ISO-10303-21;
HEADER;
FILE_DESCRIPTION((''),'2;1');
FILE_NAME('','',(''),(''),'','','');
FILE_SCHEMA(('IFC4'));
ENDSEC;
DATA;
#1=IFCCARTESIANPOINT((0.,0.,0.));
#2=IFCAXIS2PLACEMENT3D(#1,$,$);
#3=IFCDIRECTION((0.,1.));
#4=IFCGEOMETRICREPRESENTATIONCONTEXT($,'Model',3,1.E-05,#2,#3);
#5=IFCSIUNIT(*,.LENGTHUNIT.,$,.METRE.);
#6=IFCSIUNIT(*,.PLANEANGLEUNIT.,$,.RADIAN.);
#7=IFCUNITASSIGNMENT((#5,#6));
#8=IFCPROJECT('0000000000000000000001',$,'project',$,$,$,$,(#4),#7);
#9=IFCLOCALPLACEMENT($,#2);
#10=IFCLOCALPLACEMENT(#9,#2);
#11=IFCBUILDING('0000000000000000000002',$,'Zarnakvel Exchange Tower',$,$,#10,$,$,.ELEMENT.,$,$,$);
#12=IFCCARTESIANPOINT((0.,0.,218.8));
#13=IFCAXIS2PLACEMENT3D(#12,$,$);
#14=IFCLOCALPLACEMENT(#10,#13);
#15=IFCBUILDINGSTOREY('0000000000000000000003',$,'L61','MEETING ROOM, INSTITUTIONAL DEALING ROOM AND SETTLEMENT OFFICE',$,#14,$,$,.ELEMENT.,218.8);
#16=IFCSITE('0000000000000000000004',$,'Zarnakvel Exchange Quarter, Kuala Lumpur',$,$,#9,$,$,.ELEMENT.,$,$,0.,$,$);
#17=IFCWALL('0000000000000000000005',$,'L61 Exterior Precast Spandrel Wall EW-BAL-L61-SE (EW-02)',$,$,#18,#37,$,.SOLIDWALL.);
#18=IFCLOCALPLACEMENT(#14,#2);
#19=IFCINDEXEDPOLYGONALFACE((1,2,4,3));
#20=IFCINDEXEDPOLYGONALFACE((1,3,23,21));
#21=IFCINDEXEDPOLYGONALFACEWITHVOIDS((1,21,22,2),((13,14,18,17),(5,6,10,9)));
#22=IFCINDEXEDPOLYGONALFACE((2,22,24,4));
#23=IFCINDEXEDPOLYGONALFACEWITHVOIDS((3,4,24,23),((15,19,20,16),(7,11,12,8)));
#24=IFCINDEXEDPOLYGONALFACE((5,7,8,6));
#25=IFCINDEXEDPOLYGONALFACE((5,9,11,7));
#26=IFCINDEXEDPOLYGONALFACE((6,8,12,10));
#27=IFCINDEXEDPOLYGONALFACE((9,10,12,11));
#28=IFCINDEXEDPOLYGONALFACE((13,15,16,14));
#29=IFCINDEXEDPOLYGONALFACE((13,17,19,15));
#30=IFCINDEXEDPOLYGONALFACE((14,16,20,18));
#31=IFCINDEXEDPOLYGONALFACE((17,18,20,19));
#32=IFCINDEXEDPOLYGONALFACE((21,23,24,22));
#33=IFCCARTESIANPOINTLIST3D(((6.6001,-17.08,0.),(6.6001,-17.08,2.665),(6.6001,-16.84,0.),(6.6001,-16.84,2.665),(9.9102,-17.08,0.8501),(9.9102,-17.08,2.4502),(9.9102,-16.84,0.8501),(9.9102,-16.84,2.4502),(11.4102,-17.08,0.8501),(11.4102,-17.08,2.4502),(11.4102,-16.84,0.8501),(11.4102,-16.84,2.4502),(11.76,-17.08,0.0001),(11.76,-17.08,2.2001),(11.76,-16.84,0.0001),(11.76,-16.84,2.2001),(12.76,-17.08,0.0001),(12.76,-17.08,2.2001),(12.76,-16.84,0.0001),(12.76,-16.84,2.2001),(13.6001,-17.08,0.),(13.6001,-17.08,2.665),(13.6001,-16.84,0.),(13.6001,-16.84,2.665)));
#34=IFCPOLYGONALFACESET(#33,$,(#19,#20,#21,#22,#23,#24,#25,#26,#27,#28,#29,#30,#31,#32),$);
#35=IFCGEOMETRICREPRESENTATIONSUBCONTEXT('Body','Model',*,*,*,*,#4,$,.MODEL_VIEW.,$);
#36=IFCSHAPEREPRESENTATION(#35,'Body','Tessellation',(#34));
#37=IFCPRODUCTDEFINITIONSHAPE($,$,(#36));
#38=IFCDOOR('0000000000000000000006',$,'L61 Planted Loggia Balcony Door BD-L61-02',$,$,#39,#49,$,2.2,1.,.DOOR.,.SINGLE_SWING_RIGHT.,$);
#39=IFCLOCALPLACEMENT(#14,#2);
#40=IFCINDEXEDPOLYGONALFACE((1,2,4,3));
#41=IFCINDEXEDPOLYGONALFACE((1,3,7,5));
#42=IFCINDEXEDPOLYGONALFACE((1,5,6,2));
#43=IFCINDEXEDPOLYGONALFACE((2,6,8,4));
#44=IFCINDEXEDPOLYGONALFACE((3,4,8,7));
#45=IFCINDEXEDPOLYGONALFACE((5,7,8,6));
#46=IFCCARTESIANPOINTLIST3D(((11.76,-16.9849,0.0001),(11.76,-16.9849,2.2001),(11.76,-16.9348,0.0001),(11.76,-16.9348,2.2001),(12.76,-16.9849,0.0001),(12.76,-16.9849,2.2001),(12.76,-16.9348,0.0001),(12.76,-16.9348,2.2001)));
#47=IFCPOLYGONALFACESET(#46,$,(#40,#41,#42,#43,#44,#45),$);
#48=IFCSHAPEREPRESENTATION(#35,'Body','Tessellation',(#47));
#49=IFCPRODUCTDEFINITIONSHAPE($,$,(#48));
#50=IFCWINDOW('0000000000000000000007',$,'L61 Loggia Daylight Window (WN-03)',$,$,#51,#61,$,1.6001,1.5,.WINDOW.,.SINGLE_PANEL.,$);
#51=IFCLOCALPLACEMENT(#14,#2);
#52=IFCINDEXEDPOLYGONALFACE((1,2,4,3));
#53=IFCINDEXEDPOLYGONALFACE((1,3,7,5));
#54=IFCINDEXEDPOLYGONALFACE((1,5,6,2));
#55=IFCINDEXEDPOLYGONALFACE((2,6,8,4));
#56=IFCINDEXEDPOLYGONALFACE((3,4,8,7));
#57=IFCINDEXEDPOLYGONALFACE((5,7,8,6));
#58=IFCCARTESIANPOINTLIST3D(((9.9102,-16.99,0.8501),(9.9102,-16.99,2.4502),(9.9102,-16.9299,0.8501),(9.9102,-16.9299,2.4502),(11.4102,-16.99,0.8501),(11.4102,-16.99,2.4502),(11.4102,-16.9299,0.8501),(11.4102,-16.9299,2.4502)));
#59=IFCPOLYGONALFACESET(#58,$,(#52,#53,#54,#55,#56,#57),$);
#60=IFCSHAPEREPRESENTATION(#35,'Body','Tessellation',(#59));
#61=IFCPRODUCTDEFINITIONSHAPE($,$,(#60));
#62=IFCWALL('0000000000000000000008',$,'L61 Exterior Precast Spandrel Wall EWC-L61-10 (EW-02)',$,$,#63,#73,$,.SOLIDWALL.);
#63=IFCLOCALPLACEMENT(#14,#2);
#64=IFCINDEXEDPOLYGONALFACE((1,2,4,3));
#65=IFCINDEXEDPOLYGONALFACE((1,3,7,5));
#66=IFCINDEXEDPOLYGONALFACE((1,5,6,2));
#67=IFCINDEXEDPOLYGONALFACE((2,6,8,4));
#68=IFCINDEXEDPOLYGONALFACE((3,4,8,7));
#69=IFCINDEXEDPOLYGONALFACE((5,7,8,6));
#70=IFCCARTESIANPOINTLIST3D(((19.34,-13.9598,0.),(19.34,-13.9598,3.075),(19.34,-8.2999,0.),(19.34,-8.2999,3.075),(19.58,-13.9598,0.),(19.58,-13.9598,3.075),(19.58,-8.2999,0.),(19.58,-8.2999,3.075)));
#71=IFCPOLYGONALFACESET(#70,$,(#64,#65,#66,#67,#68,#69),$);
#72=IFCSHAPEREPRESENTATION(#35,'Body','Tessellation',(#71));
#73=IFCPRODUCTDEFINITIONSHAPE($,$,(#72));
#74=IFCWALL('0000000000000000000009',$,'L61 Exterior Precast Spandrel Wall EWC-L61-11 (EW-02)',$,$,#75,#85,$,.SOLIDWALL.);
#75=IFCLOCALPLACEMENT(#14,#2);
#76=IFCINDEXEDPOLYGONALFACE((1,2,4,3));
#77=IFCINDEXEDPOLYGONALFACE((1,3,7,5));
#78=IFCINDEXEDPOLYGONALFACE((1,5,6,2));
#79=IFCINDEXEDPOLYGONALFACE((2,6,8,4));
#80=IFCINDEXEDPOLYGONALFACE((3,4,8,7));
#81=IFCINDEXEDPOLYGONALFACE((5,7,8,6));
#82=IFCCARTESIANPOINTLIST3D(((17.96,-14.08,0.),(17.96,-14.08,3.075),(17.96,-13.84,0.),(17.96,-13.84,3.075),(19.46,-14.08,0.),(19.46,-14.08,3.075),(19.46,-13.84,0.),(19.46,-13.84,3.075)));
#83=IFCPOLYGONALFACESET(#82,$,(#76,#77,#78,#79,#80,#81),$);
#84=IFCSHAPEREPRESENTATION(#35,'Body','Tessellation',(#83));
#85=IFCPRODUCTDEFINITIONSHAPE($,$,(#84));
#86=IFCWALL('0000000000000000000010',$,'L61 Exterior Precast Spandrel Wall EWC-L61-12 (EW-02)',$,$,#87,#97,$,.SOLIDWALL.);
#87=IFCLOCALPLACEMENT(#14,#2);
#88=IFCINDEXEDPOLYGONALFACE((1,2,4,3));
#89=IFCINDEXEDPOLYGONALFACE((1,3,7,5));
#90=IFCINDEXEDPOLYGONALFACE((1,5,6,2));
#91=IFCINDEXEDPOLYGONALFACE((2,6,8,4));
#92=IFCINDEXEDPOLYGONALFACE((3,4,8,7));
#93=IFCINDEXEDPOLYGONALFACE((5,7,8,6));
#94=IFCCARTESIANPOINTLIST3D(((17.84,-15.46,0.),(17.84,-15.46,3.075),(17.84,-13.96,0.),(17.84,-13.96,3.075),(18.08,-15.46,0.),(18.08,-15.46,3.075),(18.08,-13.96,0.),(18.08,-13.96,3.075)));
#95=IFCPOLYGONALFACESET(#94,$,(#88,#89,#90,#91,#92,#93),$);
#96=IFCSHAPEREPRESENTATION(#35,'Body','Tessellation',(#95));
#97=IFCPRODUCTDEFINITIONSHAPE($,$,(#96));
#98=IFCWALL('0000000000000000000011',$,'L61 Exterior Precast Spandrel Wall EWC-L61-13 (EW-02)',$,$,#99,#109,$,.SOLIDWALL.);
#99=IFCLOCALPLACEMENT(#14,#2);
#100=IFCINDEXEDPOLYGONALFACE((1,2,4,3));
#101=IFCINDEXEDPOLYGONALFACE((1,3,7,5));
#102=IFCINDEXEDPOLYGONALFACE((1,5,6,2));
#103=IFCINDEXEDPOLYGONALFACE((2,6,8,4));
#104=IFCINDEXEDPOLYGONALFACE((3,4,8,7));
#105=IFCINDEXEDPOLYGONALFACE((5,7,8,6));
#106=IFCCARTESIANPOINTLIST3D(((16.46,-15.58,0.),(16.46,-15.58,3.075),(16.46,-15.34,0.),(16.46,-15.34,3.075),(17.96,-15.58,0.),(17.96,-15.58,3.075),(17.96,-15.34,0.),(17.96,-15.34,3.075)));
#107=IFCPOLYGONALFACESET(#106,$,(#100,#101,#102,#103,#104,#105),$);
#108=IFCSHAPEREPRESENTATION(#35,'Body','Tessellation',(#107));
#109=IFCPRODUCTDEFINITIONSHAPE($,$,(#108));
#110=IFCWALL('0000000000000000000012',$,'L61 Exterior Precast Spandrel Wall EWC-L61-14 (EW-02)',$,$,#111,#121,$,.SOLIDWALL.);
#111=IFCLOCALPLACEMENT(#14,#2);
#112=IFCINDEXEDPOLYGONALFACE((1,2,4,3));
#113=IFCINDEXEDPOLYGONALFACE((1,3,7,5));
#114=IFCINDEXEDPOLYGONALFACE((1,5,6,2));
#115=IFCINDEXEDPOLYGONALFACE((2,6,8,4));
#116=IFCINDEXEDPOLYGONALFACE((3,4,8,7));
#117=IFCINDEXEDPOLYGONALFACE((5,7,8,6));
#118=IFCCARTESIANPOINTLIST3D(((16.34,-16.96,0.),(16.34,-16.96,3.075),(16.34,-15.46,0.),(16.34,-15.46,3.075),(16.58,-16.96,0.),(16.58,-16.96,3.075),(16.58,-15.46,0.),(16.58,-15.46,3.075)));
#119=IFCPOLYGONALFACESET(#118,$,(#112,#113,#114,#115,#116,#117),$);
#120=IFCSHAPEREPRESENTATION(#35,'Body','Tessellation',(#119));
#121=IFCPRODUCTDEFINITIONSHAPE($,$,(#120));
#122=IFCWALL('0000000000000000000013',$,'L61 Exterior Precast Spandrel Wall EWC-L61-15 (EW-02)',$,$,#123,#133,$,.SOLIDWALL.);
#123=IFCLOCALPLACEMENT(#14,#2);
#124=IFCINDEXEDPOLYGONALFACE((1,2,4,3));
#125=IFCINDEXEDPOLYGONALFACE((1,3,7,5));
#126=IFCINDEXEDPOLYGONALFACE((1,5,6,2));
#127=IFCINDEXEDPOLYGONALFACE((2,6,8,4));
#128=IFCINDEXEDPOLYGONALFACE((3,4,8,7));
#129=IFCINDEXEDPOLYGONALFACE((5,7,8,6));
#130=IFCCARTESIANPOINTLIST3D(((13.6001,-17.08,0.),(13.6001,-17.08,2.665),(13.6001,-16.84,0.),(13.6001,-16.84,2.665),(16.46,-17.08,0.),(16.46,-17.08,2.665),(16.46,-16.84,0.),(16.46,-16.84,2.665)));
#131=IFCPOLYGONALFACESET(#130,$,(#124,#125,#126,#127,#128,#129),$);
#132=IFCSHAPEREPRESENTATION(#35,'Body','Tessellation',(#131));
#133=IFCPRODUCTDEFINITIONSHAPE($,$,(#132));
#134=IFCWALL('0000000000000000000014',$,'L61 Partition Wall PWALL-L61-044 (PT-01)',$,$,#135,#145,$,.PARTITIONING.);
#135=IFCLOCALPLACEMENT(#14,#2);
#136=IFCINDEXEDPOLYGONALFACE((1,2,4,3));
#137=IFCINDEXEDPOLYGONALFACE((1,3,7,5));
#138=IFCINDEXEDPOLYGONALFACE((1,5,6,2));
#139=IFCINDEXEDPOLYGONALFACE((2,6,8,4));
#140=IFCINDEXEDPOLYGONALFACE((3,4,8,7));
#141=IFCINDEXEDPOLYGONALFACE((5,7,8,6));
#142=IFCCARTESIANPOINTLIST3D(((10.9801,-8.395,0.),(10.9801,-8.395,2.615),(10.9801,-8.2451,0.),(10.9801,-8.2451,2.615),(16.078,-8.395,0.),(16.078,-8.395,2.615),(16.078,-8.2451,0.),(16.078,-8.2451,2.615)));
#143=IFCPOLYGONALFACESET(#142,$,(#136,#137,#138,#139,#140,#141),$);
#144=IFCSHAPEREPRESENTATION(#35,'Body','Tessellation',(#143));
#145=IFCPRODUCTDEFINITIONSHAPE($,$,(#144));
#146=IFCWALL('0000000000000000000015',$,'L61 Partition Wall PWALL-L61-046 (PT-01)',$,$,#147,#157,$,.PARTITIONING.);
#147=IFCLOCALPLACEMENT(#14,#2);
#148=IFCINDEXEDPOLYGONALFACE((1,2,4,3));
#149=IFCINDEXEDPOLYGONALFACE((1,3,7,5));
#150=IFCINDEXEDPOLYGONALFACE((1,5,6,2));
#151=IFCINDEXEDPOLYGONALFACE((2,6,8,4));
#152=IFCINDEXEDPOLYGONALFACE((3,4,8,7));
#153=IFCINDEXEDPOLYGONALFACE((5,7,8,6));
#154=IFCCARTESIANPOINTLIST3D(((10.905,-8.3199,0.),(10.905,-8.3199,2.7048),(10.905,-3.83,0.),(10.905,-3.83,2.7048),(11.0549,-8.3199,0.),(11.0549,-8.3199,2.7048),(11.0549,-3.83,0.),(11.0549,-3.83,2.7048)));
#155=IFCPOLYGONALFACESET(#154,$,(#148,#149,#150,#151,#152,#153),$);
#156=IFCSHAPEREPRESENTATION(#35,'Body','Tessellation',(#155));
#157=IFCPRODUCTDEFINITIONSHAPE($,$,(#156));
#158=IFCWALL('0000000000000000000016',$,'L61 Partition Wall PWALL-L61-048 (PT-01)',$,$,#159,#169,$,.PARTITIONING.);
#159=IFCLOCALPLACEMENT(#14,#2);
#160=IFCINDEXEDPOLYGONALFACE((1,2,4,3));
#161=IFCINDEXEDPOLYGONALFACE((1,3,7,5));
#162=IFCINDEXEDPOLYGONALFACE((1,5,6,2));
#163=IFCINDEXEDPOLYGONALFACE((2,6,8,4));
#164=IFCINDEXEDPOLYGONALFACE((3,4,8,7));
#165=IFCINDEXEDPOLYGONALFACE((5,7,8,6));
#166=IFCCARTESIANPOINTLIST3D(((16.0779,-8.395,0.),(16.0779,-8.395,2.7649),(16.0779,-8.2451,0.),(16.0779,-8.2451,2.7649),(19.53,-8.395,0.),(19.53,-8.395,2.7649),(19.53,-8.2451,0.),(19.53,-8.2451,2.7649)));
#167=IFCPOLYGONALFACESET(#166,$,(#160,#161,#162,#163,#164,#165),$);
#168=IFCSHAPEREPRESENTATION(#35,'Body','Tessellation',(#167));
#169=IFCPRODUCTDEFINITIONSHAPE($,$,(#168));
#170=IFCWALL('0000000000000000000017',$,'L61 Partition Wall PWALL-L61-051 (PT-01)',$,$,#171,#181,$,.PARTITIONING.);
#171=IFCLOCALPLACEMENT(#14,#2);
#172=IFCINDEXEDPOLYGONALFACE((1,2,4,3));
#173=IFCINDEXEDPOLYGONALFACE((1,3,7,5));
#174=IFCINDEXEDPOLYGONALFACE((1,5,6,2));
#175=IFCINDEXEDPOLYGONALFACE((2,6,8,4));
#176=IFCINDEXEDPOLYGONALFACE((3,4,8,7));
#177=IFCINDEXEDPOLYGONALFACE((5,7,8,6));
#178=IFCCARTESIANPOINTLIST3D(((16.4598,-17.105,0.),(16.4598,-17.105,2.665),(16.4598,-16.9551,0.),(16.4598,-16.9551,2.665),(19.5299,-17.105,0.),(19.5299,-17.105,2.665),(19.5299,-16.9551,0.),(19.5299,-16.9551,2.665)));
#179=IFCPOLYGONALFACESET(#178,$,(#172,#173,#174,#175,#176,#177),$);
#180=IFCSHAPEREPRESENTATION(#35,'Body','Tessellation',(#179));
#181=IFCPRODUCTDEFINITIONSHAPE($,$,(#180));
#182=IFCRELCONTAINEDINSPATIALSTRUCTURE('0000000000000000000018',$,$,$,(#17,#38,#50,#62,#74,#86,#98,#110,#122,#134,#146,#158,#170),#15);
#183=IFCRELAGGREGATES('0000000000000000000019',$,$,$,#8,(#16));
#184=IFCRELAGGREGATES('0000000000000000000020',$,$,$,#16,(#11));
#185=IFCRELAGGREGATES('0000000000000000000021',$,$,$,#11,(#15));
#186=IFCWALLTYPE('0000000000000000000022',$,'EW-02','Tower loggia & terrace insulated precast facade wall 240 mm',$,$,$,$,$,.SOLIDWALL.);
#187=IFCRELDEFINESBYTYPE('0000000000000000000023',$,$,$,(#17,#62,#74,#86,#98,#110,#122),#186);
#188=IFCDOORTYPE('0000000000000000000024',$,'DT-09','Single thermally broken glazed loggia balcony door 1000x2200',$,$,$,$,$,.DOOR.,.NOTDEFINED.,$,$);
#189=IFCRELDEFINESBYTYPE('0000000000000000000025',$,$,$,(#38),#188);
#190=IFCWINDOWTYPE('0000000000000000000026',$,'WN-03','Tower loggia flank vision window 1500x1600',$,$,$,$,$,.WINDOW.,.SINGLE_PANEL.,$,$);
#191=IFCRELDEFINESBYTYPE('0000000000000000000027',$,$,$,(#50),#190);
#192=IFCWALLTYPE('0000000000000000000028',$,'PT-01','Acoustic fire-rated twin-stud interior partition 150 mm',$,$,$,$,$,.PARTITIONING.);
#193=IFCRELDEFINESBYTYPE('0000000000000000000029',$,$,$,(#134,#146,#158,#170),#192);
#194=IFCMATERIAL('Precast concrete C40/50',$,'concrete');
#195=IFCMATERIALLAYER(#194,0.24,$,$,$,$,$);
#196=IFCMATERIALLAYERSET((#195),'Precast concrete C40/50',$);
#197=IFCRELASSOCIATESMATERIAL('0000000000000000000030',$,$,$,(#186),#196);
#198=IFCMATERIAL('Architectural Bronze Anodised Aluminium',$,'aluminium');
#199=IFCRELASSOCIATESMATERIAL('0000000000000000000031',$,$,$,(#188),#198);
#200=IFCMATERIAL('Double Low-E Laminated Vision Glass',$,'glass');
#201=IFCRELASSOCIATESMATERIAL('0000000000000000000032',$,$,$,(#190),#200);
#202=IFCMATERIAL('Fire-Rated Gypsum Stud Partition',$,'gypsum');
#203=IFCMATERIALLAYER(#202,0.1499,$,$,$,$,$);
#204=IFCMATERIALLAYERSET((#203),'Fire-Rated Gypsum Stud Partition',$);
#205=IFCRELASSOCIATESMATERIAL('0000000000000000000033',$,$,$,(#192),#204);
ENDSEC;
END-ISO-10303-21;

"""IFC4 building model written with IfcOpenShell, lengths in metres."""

from ifc_helpers import new_model, si_unit, direction, frame, frame_2d, origin, place, context, subcontext, project, spatial, rectangle, extrude, source, transform, mapped, material, layer, layer_set, type_object, element, fill, save


model = new_model("IFC4")

# Units and contexts
model_context = context("Model", 3, precision=1e-05, world=origin(), true_north=direction((0.0, 1.0)))
body_context = subcontext(model_context, "Body", "Model", "MODEL_VIEW")
ifc_project = project(units=[si_unit("LENGTHUNIT", "METRE"), si_unit("PLANEANGLEUNIT", "RADIAN")], contexts=[model_context])

# Site, building, storey
site_placement = place(None, origin())
site = spatial("IfcSite", under=ifc_project, at=site_placement, Name="Zarnakvel Exchange Quarter, Kuala Lumpur", CompositionType="ELEMENT", RefElevation=0.0)
building_placement = place(site_placement, origin())
building = spatial("IfcBuilding", under=site, at=building_placement, Name="Zarnakvel Exchange Tower", CompositionType="ELEMENT")
storey_placement = place(building_placement, frame((0.0, 0.0, 218.8)))
storey = spatial("IfcBuildingStorey", under=building, at=storey_placement, Name="L61", Description="MEETING ROOM, INSTITUTIONAL DEALING ROOM AND SETTLEMENT OFFICE", CompositionType="ELEMENT", Elevation=218.8)

# Wall, openings, door, window
ifc_material_1 = material(Name="Precast concrete C40/50", Category="concrete")
ifc_layer_1 = layer(ifc_material_1, 0.24)
ifc_layer_set_1 = layer_set([ifc_layer_1], Name="Precast concrete C40/50")
wall_type_1 = type_object("IfcWallType", Name="EW-02", Description="Tower loggia & terrace insulated precast facade wall 240 mm", PredefinedType="SOLIDWALL", material=ifc_layer_set_1)
wall_1_placement = place(storey_placement, frame((13.6001, -16.96, 0.0), z_axis=(0.0, 0.0, 1.0), x_axis=(-1.0, 0.0, 0.0)))
wall_1 = element("IfcWall", 1, at=wall_1_placement, inside=storey, type_object=wall_type_1, Name="L61 Exterior Precast Spandrel Wall EW-BAL-L61-SE (EW-02)", PredefinedType="SOLIDWALL", context=body_context, shape_type="SweptSolid", body=[
    extrude(rectangle(XDim=7.0, YDim=0.24, at=frame_2d((3.5, 0.0))), origin(), (0.0, 0.0, 1.0), 2.665),
])
opening_1_placement = place(wall_1_placement, frame((0.8401, 0.0, 0.0)))
opening_1 = element("IfcOpeningElement", 2, at=opening_1_placement, cuts=wall_1, PredefinedType="OPENING", context=body_context, shape_type="SweptSolid", body=[
    extrude(rectangle(XDim=1.0, YDim=2.2, at=frame_2d((0.5, 1.1001))), frame((0.0, 0.1299, 0.0), z_axis=(0.0, -1.0, 0.0), x_axis=(1.0, 0.0, 0.0)), (0.0, 0.0, 1.0), 0.26),
])
opening_2_placement = place(wall_1_placement, frame((2.1899, 0.0, 0.8501)))
opening_2 = element("IfcOpeningElement", 3, at=opening_2_placement, cuts=wall_1, PredefinedType="OPENING", context=body_context, shape_type="SweptSolid", body=[
    extrude(rectangle(XDim=1.5, YDim=1.6001, at=frame_2d((0.75, 0.8))), frame((0.0, 0.1299, 0.0), z_axis=(0.0, -1.0, 0.0), x_axis=(1.0, 0.0, 0.0)), (0.0, 0.0, 1.0), 0.26),
])
ifc_material_2 = material(Name="Architectural Bronze Anodised Aluminium", Category="aluminium")
door_type = type_object("IfcDoorType", Name="DT-09", Description="Single thermally broken glazed loggia balcony door 1000x2200", OperationType="NOTDEFINED", PredefinedType="DOOR", material=ifc_material_2)
shared_shape_1 = source(origin(), body_context, "Body", "SweptSolid", [
    extrude(rectangle(XDim=1.0, YDim=2.2, at=frame_2d((0.5, 1.1001))), frame((0.0, 0.0249, 0.0), z_axis=(0.0, -1.0, 0.0), x_axis=(1.0, 0.0, 0.0)), (0.0, 0.0, 1.0), 0.05),
])
door_placement = place(opening_1_placement, origin())
door = element("IfcDoor", 4, at=door_placement, inside=storey, type_object=door_type, Name="L61 Planted Loggia Balcony Door BD-L61-02", OperationType="SINGLE_SWING_RIGHT", OverallHeight=2.2, OverallWidth=1.0, PredefinedType="DOOR", context=body_context, shape_type="MappedRepresentation", body=[
    mapped(shared_shape_1, transform((0.0, 0.0, 0.0), x_axis=(1.0, 0.0, 0.0), y_axis=(0.0, 1.0, 0.0), z_axis=(0.0, 0.0, 1.0), scale=1.0)),
])
fill(opening_1, door)
ifc_material_3 = material(Name="Double Low-E Laminated Vision Glass", Category="glass")
window_type = type_object("IfcWindowType", Name="WN-03", Description="Tower loggia flank vision window 1500x1600", PartitioningType="SINGLE_PANEL", PredefinedType="WINDOW", material=ifc_material_3)
shared_shape_2 = source(origin(), body_context, "Body", "SweptSolid", [
    extrude(rectangle(XDim=1.5, YDim=1.6001, at=frame_2d((0.75, 0.8))), frame((0.0, 0.03, 0.0), z_axis=(0.0, -1.0, 0.0), x_axis=(1.0, 0.0, 0.0)), (0.0, 0.0, 1.0), 0.0601),
])
window_placement = place(opening_2_placement, origin())
window = element("IfcWindow", 5, at=window_placement, inside=storey, type_object=window_type, Name="L61 Loggia Daylight Window (WN-03)", OverallHeight=1.6001, OverallWidth=1.5, PartitioningType="SINGLE_PANEL", PredefinedType="WINDOW", context=body_context, shape_type="MappedRepresentation", body=[
    mapped(shared_shape_2, transform((0.0, 0.0, 0.0), x_axis=(1.0, 0.0, 0.0), y_axis=(0.0, 1.0, 0.0), z_axis=(0.0, 0.0, 1.0), scale=1.0)),
])
fill(opening_2, window)

# Walls
wall_2_placement = place(storey_placement, frame((19.46, -13.96, 0.0), z_axis=(0.0, 0.0, 1.0), x_axis=(0.0, 1.0, 0.0)))
element("IfcWall", 6, at=wall_2_placement, inside=storey, type_object=wall_type_1, Name="L61 Exterior Precast Spandrel Wall EWC-L61-10 (EW-02)", PredefinedType="SOLIDWALL", context=body_context, shape_type="SweptSolid", body=[
    extrude(rectangle(XDim=5.6599, YDim=0.24, at=frame_2d((2.8301, 0.0))), origin(), (0.0, 0.0, 1.0), 3.075),
])
for number, where, z_axis, x_axis, name in (
    (7, (17.96, -13.96, 0.0), (0.0, 0.0, 1.0), (1.0, 0.0, 0.0), "L61 Exterior Precast Spandrel Wall EWC-L61-11 (EW-02)"),
    (8, (17.96, -15.46, 0.0), (0.0, 0.0, 1.0), (0.0, 1.0, 0.0), "L61 Exterior Precast Spandrel Wall EWC-L61-12 (EW-02)"),
    (9, (16.46, -15.46, 0.0), (0.0, 0.0, 1.0), (1.0, 0.0, 0.0), "L61 Exterior Precast Spandrel Wall EWC-L61-13 (EW-02)"),
    (10, (16.46, -16.96, 0.0), (0.0, 0.0, 1.0), (0.0, 1.0, 0.0), "L61 Exterior Precast Spandrel Wall EWC-L61-14 (EW-02)"),
):
    element("IfcWall", number, at=place(storey_placement, frame(where, z_axis=z_axis, x_axis=x_axis)), inside=storey, type_object=wall_type_1, Name=name, PredefinedType="SOLIDWALL", context=body_context, shape_type="SweptSolid", body=[
        extrude(rectangle(XDim=1.5, YDim=0.24, at=frame_2d((0.75, 0.0))), origin(), (0.0, 0.0, 1.0), 3.075),
    ])
wall_3_placement = place(storey_placement, frame((13.6001, -16.96, 0.0), z_axis=(0.0, 0.0, 1.0), x_axis=(1.0, 0.0, 0.0)))
element("IfcWall", 11, at=wall_3_placement, inside=storey, type_object=wall_type_1, Name="L61 Exterior Precast Spandrel Wall EWC-L61-15 (EW-02)", PredefinedType="SOLIDWALL", context=body_context, shape_type="SweptSolid", body=[
    extrude(rectangle(XDim=2.8599, YDim=0.24, at=frame_2d((1.4299, 0.0))), origin(), (0.0, 0.0, 1.0), 2.665),
])
ifc_material_4 = material(Name="Fire-Rated Gypsum Stud Partition", Category="gypsum")
ifc_layer_2 = layer(ifc_material_4, 0.1499)
ifc_layer_set_2 = layer_set([ifc_layer_2], Name="Fire-Rated Gypsum Stud Partition")
wall_type_2 = type_object("IfcWallType", Name="PT-01", Description="Acoustic fire-rated twin-stud interior partition 150 mm", PredefinedType="PARTITIONING", material=ifc_layer_set_2)
wall_4_placement = place(storey_placement, frame((16.0779, -8.3201, 0.0), z_axis=(0.0, 0.0, 1.0), x_axis=(-1.0, 0.0, 0.0)))
element("IfcWall", 12, at=wall_4_placement, inside=storey, type_object=wall_type_2, Name="L61 Partition Wall PWALL-L61-044 (PT-01)", PredefinedType="PARTITIONING", context=body_context, shape_type="SweptSolid", body=[
    extrude(rectangle(XDim=5.0979, YDim=0.1499, at=frame_2d((2.5488, 0.0))), origin(), (0.0, 0.0, 1.0), 2.615),
])
wall_5_placement = place(storey_placement, frame((10.98, -8.3201, 0.0), z_axis=(0.0, 0.0, 1.0), x_axis=(0.0, 1.0, 0.0)))
element("IfcWall", 13, at=wall_5_placement, inside=storey, type_object=wall_type_2, Name="L61 Partition Wall PWALL-L61-046 (PT-01)", PredefinedType="PARTITIONING", context=body_context, shape_type="SweptSolid", body=[
    extrude(rectangle(XDim=4.49, YDim=0.1499, at=frame_2d((2.2451, 0.0))), origin(), (0.0, 0.0, 1.0), 2.7048),
])
wall_6_placement = place(storey_placement, frame((19.53, -8.3201, 0.0), z_axis=(0.0, 0.0, 1.0), x_axis=(-1.0, 0.0, 0.0)))
element("IfcWall", 14, at=wall_6_placement, inside=storey, type_object=wall_type_2, Name="L61 Partition Wall PWALL-L61-048 (PT-01)", PredefinedType="PARTITIONING", context=body_context, shape_type="SweptSolid", body=[
    extrude(rectangle(XDim=3.4521, YDim=0.1499, at=frame_2d((1.7261, 0.0))), origin(), (0.0, 0.0, 1.0), 2.7649),
])
wall_7_placement = place(storey_placement, frame((19.53, -17.03, 0.0), z_axis=(0.0, 0.0, 1.0), x_axis=(-1.0, 0.0, 0.0)))
element("IfcWall", 15, at=wall_7_placement, inside=storey, type_object=wall_type_2, Name="L61 Partition Wall PWALL-L61-051 (PT-01)", PredefinedType="PARTITIONING", context=body_context, shape_type="SweptSolid", body=[
    extrude(rectangle(XDim=3.0701, YDim=0.1499, at=frame_2d((1.5352, 0.0))), origin(), (0.0, 0.0, 1.0), 2.665),
])

save(model, "model.ifc")
